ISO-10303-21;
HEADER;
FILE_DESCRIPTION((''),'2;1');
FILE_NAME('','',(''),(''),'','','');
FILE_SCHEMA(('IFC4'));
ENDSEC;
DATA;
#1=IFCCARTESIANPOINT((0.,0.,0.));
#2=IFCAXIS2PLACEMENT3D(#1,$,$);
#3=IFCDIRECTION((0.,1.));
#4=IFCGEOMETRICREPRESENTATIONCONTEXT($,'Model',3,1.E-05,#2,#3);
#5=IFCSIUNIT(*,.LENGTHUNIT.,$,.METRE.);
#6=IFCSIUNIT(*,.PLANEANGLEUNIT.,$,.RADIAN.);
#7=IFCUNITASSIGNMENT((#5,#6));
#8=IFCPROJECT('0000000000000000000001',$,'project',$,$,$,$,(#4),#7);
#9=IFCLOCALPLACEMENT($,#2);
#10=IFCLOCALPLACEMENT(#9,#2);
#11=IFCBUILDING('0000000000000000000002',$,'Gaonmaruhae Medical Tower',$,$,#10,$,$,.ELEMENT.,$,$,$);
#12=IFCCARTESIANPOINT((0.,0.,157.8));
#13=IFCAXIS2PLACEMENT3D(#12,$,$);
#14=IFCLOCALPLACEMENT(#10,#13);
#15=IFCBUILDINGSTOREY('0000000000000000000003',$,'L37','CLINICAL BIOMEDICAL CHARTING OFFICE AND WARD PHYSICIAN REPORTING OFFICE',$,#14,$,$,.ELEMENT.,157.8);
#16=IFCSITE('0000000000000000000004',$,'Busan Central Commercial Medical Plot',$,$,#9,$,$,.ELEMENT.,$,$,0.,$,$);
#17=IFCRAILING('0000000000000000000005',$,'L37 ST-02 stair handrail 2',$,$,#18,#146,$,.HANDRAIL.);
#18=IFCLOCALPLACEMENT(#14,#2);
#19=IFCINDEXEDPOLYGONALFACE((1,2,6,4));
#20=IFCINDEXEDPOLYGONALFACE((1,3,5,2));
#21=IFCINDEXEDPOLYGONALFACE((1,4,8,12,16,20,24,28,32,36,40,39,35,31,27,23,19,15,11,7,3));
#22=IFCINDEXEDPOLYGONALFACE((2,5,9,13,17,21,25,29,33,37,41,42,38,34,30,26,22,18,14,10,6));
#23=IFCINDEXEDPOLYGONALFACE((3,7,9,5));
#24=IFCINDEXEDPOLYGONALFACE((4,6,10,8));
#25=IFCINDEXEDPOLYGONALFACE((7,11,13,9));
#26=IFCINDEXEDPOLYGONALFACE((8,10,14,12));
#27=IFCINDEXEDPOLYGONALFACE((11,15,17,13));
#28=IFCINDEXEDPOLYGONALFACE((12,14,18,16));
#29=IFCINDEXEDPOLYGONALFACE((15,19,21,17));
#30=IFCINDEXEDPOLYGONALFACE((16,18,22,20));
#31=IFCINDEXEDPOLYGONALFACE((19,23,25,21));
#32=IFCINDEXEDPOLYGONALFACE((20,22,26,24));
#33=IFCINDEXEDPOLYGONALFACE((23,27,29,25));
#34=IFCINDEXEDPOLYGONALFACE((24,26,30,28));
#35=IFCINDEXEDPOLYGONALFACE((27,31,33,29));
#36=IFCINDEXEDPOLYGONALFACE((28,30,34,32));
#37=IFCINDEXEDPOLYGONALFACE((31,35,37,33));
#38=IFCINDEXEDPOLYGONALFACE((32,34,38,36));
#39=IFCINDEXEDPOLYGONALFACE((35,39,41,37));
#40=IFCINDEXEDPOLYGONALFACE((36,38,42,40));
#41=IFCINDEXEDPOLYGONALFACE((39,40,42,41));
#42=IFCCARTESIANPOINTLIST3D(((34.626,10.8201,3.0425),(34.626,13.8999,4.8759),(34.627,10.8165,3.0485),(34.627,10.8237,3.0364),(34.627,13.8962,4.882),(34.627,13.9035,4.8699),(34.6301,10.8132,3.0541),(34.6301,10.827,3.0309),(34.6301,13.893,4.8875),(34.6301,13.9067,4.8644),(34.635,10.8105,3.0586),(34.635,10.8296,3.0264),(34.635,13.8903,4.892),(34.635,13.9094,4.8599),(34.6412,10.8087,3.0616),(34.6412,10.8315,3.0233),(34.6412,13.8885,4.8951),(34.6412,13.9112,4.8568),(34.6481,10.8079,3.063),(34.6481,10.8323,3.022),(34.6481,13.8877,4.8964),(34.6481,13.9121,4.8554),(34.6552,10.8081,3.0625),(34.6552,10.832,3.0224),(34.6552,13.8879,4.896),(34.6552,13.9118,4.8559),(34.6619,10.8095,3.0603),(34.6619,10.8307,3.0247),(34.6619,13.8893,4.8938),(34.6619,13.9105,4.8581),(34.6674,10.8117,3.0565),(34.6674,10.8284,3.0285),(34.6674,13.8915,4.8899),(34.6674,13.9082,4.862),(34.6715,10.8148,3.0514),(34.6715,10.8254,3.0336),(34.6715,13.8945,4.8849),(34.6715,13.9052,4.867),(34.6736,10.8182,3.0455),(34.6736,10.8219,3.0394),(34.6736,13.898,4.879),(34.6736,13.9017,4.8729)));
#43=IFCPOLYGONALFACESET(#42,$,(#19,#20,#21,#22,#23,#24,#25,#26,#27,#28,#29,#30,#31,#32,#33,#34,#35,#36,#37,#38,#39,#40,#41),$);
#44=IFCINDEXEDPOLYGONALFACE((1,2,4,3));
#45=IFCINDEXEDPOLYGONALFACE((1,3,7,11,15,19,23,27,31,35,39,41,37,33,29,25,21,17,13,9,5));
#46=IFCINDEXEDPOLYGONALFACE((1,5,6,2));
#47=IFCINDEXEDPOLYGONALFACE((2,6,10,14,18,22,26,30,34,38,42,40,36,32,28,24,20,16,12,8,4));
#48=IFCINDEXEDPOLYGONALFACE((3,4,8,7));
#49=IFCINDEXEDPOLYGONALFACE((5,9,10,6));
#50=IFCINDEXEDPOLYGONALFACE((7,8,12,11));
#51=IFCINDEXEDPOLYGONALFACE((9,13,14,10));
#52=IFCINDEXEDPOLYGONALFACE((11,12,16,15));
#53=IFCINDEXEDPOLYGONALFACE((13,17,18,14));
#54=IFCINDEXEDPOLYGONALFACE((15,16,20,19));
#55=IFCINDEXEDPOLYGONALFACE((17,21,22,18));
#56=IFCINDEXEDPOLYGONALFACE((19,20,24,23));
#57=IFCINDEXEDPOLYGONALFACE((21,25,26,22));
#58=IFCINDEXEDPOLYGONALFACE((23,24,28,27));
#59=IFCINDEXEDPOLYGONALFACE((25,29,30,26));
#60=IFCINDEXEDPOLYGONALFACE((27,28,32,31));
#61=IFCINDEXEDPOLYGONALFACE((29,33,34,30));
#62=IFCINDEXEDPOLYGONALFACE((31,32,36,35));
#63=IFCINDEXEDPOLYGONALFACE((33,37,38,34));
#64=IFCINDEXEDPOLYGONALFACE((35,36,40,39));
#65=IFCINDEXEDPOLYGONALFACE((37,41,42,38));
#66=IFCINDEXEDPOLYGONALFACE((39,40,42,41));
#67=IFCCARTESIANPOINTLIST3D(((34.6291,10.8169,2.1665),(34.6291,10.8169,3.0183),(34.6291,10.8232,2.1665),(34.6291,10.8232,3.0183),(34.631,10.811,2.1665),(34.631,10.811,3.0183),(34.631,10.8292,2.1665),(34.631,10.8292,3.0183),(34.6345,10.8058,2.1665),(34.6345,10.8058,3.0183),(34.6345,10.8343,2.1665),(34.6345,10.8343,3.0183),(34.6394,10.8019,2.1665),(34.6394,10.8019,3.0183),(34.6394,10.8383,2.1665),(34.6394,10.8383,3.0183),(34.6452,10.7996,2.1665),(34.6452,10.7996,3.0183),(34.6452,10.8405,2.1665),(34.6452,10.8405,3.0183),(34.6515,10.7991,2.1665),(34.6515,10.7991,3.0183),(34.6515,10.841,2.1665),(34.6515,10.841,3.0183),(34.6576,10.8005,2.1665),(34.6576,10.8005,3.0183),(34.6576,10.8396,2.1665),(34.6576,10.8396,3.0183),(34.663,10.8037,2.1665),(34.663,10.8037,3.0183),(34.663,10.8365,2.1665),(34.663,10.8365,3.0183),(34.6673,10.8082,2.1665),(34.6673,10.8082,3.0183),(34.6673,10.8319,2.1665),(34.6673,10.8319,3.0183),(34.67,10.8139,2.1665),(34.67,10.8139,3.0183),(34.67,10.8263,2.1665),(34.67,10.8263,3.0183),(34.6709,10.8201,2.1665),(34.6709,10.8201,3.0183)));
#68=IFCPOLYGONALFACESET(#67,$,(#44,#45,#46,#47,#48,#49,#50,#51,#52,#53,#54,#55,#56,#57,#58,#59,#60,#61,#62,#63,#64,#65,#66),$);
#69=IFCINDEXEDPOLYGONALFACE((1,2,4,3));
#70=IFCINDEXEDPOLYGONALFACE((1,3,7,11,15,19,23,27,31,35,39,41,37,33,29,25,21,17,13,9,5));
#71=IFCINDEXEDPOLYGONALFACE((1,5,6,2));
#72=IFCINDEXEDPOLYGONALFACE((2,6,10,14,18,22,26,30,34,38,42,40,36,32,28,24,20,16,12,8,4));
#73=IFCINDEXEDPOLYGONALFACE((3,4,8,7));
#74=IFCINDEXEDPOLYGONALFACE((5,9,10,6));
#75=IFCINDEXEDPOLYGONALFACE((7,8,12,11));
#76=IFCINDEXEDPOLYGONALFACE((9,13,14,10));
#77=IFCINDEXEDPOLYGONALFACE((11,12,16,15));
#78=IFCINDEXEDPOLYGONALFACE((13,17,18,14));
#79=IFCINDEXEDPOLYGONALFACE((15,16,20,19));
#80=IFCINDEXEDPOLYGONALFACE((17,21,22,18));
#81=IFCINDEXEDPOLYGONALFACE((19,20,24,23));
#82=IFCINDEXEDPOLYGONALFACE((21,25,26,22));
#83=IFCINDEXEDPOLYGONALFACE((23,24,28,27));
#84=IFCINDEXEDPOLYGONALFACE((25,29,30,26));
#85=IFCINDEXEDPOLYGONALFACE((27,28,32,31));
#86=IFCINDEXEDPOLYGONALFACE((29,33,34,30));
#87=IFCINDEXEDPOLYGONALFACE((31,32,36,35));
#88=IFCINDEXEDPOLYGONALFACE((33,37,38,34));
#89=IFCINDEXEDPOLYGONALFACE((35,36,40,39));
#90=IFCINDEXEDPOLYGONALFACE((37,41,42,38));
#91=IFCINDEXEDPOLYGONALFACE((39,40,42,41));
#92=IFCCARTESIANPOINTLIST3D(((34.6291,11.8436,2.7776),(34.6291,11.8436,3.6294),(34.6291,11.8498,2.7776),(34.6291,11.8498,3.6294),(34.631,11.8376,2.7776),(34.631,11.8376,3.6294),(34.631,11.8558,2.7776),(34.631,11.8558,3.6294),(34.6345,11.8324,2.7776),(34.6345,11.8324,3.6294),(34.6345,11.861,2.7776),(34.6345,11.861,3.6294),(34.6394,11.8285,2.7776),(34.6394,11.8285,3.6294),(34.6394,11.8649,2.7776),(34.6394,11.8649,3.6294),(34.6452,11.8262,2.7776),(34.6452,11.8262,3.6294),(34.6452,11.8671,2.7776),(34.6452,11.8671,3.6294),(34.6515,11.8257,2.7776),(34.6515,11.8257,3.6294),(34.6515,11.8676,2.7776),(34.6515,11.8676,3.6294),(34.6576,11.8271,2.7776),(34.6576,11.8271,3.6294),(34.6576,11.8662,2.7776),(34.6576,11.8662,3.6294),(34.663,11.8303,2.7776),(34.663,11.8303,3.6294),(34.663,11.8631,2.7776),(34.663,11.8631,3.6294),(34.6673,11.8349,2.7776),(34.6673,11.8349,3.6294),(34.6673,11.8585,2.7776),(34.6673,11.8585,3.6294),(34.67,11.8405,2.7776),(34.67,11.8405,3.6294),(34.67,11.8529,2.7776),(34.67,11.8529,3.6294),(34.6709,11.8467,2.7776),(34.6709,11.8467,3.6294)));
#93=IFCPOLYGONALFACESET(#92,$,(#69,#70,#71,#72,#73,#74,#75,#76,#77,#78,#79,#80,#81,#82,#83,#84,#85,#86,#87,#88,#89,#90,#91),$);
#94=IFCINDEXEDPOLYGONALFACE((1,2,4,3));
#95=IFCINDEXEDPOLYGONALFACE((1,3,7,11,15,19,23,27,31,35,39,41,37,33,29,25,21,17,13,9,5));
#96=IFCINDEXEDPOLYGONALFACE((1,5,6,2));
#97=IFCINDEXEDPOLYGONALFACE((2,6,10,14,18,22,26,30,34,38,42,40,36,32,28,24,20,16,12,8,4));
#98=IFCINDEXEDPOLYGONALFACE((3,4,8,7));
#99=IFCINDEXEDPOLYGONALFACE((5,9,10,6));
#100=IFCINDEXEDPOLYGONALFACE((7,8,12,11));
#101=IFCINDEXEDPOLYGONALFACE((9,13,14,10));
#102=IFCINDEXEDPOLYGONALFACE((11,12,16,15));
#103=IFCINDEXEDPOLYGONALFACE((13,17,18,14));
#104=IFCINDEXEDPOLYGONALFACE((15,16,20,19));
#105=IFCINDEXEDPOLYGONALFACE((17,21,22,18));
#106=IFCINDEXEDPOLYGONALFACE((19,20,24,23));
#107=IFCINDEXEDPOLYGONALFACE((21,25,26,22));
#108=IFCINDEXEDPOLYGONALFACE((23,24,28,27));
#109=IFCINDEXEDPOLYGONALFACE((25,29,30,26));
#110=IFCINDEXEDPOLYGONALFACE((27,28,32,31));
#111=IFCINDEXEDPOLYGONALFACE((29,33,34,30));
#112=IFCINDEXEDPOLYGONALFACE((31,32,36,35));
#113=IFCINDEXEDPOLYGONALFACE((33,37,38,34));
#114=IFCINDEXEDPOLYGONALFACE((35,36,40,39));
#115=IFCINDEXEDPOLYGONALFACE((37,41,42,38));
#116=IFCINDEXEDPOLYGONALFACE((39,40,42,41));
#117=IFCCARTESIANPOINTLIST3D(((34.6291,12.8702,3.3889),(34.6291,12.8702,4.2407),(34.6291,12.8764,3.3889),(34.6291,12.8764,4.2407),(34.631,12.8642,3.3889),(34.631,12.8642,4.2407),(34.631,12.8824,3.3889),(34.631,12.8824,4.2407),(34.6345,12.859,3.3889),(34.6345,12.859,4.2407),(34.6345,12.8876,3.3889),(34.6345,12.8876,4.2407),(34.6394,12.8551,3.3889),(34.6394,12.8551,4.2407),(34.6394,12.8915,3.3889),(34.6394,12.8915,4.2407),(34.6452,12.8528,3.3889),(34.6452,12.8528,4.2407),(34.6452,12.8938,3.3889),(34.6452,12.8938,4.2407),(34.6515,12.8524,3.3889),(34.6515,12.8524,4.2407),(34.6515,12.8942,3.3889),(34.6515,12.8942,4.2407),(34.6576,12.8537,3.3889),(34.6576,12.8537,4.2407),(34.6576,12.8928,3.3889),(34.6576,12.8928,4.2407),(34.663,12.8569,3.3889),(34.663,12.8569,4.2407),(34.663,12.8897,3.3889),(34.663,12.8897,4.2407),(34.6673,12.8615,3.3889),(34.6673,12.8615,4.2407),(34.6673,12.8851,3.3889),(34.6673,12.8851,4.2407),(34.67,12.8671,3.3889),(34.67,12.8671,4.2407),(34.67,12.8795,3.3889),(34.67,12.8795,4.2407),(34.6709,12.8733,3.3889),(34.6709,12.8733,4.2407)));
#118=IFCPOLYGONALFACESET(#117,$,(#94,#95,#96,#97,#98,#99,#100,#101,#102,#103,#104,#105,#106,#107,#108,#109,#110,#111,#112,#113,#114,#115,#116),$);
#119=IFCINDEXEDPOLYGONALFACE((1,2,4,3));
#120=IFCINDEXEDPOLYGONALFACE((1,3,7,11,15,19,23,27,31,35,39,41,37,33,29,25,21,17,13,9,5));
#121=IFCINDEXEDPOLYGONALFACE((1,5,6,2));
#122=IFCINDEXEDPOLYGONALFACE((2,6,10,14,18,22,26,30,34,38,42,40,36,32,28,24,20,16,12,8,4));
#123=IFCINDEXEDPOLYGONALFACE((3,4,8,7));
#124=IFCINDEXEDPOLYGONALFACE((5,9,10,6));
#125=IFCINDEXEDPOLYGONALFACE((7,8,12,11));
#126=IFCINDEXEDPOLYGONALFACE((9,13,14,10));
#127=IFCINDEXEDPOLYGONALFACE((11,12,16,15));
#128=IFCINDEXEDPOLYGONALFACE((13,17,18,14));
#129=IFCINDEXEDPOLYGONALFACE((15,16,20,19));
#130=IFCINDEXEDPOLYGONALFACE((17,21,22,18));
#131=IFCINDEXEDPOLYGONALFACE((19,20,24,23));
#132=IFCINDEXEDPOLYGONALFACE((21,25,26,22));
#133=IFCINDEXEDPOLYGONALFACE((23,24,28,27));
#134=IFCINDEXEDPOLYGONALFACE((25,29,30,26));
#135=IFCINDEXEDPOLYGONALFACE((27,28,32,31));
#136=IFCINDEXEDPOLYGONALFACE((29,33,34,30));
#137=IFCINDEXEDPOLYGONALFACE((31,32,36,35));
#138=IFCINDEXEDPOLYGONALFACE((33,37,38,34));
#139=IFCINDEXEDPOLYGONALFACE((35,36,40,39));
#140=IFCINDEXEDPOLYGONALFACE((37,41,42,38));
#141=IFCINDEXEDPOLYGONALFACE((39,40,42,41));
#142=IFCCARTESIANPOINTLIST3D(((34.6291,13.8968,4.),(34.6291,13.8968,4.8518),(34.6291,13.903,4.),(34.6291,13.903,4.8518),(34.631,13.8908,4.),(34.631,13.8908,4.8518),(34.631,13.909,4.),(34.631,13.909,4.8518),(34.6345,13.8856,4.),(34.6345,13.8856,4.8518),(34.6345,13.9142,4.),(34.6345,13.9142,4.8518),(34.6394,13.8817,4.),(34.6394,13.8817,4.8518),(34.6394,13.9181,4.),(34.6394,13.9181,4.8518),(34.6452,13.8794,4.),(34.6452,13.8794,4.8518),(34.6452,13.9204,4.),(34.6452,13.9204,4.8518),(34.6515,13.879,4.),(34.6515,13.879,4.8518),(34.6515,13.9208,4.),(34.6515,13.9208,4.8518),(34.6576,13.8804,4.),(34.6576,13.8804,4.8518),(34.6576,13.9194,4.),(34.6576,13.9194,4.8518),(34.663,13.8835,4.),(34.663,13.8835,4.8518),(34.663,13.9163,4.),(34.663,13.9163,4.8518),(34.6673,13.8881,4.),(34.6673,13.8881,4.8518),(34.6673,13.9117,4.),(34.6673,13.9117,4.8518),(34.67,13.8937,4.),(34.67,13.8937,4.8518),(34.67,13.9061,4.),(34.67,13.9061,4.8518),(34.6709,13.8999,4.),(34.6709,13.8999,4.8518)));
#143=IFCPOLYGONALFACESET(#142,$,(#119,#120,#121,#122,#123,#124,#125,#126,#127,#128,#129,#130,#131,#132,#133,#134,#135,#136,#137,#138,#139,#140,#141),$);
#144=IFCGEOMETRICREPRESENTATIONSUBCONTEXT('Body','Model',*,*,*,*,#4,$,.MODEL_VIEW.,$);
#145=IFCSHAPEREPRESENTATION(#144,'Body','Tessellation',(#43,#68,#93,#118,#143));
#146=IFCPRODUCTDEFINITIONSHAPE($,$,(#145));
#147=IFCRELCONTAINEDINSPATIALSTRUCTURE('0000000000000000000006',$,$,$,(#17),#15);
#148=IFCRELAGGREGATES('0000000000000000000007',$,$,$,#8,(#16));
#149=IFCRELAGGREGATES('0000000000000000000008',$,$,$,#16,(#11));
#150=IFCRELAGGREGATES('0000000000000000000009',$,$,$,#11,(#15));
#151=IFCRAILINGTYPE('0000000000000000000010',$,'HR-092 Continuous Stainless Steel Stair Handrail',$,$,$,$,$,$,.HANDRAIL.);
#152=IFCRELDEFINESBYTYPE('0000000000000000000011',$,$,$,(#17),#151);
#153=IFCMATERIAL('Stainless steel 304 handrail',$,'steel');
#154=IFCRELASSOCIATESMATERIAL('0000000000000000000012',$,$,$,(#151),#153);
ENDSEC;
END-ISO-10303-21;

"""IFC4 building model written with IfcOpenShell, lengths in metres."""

from ifc_helpers import new_model, si_unit, direction, frame, origin, origin_2d, place, context, subcontext, project, spatial, circle, extrude, material, type_object, element, save


model = new_model("IFC4")

# Units and contexts
model_context = context("Model", 3, precision=1e-05, world=origin(), true_north=direction((0.0, 1.0)))
body_context = subcontext(model_context, "Body", "Model", "MODEL_VIEW")
ifc_project = project(units=[si_unit("LENGTHUNIT", "METRE"), si_unit("PLANEANGLEUNIT", "RADIAN")], contexts=[model_context])

# Site, building, storey
site_placement = place(None, origin())
site = spatial("IfcSite", under=ifc_project, at=site_placement, Name="Busan Central Commercial Medical Plot", CompositionType="ELEMENT", RefElevation=0.0)
building_placement = place(site_placement, origin())
building = spatial("IfcBuilding", under=site, at=building_placement, Name="Gaonmaruhae Medical Tower", CompositionType="ELEMENT")
storey_placement = place(building_placement, frame((0.0, 0.0, 157.8)))
storey = spatial("IfcBuildingStorey", under=building, at=storey_placement, Name="L37", Description="CLINICAL BIOMEDICAL CHARTING OFFICE AND WARD PHYSICIAN REPORTING OFFICE", CompositionType="ELEMENT", Elevation=157.8)

# Railing
ifc_material_1 = material(Name="Stainless steel 304 handrail", Category="steel")
railing_type_1 = type_object("IfcRailingType", Name="HR-092 Continuous Stainless Steel Stair Handrail", PredefinedType="HANDRAIL", material=ifc_material_1)
railing_1_placement = place(storey_placement, frame((34.6499, 10.8201, 2.1665)))
element("IfcRailing", 1, at=railing_1_placement, inside=storey, type_object=railing_type_1, Name="L37 ST-02 stair handrail 2", PredefinedType="HANDRAIL", context=body_context, shape_type="SweptSolid", body=[
    extrude(circle(Radius=0.0239, at=origin_2d()), frame((0.0, 0.0, 0.876), z_axis=(0.0, 0.859261, 0.511538), x_axis=(-1.0, 0.0, 0.0)), (0.0, 0.0, 1.0), 3.5842),
    extrude(circle(Radius=0.021, at=origin_2d()), origin(), (0.0, 0.0, 1.0), 0.8518),
    extrude(circle(Radius=0.021, at=origin_2d()), frame((0.0, 1.0266, 0.6111)), (0.0, 0.0, 1.0), 0.8518),
    extrude(circle(Radius=0.021, at=origin_2d()), frame((0.0, 2.0532, 1.2224)), (0.0, 0.0, 1.0), 0.8518),
    extrude(circle(Radius=0.021, at=origin_2d()), frame((0.0, 3.0798, 1.8335)), (0.0, 0.0, 1.0), 0.8518),
])

save(model, "model.ifc")
